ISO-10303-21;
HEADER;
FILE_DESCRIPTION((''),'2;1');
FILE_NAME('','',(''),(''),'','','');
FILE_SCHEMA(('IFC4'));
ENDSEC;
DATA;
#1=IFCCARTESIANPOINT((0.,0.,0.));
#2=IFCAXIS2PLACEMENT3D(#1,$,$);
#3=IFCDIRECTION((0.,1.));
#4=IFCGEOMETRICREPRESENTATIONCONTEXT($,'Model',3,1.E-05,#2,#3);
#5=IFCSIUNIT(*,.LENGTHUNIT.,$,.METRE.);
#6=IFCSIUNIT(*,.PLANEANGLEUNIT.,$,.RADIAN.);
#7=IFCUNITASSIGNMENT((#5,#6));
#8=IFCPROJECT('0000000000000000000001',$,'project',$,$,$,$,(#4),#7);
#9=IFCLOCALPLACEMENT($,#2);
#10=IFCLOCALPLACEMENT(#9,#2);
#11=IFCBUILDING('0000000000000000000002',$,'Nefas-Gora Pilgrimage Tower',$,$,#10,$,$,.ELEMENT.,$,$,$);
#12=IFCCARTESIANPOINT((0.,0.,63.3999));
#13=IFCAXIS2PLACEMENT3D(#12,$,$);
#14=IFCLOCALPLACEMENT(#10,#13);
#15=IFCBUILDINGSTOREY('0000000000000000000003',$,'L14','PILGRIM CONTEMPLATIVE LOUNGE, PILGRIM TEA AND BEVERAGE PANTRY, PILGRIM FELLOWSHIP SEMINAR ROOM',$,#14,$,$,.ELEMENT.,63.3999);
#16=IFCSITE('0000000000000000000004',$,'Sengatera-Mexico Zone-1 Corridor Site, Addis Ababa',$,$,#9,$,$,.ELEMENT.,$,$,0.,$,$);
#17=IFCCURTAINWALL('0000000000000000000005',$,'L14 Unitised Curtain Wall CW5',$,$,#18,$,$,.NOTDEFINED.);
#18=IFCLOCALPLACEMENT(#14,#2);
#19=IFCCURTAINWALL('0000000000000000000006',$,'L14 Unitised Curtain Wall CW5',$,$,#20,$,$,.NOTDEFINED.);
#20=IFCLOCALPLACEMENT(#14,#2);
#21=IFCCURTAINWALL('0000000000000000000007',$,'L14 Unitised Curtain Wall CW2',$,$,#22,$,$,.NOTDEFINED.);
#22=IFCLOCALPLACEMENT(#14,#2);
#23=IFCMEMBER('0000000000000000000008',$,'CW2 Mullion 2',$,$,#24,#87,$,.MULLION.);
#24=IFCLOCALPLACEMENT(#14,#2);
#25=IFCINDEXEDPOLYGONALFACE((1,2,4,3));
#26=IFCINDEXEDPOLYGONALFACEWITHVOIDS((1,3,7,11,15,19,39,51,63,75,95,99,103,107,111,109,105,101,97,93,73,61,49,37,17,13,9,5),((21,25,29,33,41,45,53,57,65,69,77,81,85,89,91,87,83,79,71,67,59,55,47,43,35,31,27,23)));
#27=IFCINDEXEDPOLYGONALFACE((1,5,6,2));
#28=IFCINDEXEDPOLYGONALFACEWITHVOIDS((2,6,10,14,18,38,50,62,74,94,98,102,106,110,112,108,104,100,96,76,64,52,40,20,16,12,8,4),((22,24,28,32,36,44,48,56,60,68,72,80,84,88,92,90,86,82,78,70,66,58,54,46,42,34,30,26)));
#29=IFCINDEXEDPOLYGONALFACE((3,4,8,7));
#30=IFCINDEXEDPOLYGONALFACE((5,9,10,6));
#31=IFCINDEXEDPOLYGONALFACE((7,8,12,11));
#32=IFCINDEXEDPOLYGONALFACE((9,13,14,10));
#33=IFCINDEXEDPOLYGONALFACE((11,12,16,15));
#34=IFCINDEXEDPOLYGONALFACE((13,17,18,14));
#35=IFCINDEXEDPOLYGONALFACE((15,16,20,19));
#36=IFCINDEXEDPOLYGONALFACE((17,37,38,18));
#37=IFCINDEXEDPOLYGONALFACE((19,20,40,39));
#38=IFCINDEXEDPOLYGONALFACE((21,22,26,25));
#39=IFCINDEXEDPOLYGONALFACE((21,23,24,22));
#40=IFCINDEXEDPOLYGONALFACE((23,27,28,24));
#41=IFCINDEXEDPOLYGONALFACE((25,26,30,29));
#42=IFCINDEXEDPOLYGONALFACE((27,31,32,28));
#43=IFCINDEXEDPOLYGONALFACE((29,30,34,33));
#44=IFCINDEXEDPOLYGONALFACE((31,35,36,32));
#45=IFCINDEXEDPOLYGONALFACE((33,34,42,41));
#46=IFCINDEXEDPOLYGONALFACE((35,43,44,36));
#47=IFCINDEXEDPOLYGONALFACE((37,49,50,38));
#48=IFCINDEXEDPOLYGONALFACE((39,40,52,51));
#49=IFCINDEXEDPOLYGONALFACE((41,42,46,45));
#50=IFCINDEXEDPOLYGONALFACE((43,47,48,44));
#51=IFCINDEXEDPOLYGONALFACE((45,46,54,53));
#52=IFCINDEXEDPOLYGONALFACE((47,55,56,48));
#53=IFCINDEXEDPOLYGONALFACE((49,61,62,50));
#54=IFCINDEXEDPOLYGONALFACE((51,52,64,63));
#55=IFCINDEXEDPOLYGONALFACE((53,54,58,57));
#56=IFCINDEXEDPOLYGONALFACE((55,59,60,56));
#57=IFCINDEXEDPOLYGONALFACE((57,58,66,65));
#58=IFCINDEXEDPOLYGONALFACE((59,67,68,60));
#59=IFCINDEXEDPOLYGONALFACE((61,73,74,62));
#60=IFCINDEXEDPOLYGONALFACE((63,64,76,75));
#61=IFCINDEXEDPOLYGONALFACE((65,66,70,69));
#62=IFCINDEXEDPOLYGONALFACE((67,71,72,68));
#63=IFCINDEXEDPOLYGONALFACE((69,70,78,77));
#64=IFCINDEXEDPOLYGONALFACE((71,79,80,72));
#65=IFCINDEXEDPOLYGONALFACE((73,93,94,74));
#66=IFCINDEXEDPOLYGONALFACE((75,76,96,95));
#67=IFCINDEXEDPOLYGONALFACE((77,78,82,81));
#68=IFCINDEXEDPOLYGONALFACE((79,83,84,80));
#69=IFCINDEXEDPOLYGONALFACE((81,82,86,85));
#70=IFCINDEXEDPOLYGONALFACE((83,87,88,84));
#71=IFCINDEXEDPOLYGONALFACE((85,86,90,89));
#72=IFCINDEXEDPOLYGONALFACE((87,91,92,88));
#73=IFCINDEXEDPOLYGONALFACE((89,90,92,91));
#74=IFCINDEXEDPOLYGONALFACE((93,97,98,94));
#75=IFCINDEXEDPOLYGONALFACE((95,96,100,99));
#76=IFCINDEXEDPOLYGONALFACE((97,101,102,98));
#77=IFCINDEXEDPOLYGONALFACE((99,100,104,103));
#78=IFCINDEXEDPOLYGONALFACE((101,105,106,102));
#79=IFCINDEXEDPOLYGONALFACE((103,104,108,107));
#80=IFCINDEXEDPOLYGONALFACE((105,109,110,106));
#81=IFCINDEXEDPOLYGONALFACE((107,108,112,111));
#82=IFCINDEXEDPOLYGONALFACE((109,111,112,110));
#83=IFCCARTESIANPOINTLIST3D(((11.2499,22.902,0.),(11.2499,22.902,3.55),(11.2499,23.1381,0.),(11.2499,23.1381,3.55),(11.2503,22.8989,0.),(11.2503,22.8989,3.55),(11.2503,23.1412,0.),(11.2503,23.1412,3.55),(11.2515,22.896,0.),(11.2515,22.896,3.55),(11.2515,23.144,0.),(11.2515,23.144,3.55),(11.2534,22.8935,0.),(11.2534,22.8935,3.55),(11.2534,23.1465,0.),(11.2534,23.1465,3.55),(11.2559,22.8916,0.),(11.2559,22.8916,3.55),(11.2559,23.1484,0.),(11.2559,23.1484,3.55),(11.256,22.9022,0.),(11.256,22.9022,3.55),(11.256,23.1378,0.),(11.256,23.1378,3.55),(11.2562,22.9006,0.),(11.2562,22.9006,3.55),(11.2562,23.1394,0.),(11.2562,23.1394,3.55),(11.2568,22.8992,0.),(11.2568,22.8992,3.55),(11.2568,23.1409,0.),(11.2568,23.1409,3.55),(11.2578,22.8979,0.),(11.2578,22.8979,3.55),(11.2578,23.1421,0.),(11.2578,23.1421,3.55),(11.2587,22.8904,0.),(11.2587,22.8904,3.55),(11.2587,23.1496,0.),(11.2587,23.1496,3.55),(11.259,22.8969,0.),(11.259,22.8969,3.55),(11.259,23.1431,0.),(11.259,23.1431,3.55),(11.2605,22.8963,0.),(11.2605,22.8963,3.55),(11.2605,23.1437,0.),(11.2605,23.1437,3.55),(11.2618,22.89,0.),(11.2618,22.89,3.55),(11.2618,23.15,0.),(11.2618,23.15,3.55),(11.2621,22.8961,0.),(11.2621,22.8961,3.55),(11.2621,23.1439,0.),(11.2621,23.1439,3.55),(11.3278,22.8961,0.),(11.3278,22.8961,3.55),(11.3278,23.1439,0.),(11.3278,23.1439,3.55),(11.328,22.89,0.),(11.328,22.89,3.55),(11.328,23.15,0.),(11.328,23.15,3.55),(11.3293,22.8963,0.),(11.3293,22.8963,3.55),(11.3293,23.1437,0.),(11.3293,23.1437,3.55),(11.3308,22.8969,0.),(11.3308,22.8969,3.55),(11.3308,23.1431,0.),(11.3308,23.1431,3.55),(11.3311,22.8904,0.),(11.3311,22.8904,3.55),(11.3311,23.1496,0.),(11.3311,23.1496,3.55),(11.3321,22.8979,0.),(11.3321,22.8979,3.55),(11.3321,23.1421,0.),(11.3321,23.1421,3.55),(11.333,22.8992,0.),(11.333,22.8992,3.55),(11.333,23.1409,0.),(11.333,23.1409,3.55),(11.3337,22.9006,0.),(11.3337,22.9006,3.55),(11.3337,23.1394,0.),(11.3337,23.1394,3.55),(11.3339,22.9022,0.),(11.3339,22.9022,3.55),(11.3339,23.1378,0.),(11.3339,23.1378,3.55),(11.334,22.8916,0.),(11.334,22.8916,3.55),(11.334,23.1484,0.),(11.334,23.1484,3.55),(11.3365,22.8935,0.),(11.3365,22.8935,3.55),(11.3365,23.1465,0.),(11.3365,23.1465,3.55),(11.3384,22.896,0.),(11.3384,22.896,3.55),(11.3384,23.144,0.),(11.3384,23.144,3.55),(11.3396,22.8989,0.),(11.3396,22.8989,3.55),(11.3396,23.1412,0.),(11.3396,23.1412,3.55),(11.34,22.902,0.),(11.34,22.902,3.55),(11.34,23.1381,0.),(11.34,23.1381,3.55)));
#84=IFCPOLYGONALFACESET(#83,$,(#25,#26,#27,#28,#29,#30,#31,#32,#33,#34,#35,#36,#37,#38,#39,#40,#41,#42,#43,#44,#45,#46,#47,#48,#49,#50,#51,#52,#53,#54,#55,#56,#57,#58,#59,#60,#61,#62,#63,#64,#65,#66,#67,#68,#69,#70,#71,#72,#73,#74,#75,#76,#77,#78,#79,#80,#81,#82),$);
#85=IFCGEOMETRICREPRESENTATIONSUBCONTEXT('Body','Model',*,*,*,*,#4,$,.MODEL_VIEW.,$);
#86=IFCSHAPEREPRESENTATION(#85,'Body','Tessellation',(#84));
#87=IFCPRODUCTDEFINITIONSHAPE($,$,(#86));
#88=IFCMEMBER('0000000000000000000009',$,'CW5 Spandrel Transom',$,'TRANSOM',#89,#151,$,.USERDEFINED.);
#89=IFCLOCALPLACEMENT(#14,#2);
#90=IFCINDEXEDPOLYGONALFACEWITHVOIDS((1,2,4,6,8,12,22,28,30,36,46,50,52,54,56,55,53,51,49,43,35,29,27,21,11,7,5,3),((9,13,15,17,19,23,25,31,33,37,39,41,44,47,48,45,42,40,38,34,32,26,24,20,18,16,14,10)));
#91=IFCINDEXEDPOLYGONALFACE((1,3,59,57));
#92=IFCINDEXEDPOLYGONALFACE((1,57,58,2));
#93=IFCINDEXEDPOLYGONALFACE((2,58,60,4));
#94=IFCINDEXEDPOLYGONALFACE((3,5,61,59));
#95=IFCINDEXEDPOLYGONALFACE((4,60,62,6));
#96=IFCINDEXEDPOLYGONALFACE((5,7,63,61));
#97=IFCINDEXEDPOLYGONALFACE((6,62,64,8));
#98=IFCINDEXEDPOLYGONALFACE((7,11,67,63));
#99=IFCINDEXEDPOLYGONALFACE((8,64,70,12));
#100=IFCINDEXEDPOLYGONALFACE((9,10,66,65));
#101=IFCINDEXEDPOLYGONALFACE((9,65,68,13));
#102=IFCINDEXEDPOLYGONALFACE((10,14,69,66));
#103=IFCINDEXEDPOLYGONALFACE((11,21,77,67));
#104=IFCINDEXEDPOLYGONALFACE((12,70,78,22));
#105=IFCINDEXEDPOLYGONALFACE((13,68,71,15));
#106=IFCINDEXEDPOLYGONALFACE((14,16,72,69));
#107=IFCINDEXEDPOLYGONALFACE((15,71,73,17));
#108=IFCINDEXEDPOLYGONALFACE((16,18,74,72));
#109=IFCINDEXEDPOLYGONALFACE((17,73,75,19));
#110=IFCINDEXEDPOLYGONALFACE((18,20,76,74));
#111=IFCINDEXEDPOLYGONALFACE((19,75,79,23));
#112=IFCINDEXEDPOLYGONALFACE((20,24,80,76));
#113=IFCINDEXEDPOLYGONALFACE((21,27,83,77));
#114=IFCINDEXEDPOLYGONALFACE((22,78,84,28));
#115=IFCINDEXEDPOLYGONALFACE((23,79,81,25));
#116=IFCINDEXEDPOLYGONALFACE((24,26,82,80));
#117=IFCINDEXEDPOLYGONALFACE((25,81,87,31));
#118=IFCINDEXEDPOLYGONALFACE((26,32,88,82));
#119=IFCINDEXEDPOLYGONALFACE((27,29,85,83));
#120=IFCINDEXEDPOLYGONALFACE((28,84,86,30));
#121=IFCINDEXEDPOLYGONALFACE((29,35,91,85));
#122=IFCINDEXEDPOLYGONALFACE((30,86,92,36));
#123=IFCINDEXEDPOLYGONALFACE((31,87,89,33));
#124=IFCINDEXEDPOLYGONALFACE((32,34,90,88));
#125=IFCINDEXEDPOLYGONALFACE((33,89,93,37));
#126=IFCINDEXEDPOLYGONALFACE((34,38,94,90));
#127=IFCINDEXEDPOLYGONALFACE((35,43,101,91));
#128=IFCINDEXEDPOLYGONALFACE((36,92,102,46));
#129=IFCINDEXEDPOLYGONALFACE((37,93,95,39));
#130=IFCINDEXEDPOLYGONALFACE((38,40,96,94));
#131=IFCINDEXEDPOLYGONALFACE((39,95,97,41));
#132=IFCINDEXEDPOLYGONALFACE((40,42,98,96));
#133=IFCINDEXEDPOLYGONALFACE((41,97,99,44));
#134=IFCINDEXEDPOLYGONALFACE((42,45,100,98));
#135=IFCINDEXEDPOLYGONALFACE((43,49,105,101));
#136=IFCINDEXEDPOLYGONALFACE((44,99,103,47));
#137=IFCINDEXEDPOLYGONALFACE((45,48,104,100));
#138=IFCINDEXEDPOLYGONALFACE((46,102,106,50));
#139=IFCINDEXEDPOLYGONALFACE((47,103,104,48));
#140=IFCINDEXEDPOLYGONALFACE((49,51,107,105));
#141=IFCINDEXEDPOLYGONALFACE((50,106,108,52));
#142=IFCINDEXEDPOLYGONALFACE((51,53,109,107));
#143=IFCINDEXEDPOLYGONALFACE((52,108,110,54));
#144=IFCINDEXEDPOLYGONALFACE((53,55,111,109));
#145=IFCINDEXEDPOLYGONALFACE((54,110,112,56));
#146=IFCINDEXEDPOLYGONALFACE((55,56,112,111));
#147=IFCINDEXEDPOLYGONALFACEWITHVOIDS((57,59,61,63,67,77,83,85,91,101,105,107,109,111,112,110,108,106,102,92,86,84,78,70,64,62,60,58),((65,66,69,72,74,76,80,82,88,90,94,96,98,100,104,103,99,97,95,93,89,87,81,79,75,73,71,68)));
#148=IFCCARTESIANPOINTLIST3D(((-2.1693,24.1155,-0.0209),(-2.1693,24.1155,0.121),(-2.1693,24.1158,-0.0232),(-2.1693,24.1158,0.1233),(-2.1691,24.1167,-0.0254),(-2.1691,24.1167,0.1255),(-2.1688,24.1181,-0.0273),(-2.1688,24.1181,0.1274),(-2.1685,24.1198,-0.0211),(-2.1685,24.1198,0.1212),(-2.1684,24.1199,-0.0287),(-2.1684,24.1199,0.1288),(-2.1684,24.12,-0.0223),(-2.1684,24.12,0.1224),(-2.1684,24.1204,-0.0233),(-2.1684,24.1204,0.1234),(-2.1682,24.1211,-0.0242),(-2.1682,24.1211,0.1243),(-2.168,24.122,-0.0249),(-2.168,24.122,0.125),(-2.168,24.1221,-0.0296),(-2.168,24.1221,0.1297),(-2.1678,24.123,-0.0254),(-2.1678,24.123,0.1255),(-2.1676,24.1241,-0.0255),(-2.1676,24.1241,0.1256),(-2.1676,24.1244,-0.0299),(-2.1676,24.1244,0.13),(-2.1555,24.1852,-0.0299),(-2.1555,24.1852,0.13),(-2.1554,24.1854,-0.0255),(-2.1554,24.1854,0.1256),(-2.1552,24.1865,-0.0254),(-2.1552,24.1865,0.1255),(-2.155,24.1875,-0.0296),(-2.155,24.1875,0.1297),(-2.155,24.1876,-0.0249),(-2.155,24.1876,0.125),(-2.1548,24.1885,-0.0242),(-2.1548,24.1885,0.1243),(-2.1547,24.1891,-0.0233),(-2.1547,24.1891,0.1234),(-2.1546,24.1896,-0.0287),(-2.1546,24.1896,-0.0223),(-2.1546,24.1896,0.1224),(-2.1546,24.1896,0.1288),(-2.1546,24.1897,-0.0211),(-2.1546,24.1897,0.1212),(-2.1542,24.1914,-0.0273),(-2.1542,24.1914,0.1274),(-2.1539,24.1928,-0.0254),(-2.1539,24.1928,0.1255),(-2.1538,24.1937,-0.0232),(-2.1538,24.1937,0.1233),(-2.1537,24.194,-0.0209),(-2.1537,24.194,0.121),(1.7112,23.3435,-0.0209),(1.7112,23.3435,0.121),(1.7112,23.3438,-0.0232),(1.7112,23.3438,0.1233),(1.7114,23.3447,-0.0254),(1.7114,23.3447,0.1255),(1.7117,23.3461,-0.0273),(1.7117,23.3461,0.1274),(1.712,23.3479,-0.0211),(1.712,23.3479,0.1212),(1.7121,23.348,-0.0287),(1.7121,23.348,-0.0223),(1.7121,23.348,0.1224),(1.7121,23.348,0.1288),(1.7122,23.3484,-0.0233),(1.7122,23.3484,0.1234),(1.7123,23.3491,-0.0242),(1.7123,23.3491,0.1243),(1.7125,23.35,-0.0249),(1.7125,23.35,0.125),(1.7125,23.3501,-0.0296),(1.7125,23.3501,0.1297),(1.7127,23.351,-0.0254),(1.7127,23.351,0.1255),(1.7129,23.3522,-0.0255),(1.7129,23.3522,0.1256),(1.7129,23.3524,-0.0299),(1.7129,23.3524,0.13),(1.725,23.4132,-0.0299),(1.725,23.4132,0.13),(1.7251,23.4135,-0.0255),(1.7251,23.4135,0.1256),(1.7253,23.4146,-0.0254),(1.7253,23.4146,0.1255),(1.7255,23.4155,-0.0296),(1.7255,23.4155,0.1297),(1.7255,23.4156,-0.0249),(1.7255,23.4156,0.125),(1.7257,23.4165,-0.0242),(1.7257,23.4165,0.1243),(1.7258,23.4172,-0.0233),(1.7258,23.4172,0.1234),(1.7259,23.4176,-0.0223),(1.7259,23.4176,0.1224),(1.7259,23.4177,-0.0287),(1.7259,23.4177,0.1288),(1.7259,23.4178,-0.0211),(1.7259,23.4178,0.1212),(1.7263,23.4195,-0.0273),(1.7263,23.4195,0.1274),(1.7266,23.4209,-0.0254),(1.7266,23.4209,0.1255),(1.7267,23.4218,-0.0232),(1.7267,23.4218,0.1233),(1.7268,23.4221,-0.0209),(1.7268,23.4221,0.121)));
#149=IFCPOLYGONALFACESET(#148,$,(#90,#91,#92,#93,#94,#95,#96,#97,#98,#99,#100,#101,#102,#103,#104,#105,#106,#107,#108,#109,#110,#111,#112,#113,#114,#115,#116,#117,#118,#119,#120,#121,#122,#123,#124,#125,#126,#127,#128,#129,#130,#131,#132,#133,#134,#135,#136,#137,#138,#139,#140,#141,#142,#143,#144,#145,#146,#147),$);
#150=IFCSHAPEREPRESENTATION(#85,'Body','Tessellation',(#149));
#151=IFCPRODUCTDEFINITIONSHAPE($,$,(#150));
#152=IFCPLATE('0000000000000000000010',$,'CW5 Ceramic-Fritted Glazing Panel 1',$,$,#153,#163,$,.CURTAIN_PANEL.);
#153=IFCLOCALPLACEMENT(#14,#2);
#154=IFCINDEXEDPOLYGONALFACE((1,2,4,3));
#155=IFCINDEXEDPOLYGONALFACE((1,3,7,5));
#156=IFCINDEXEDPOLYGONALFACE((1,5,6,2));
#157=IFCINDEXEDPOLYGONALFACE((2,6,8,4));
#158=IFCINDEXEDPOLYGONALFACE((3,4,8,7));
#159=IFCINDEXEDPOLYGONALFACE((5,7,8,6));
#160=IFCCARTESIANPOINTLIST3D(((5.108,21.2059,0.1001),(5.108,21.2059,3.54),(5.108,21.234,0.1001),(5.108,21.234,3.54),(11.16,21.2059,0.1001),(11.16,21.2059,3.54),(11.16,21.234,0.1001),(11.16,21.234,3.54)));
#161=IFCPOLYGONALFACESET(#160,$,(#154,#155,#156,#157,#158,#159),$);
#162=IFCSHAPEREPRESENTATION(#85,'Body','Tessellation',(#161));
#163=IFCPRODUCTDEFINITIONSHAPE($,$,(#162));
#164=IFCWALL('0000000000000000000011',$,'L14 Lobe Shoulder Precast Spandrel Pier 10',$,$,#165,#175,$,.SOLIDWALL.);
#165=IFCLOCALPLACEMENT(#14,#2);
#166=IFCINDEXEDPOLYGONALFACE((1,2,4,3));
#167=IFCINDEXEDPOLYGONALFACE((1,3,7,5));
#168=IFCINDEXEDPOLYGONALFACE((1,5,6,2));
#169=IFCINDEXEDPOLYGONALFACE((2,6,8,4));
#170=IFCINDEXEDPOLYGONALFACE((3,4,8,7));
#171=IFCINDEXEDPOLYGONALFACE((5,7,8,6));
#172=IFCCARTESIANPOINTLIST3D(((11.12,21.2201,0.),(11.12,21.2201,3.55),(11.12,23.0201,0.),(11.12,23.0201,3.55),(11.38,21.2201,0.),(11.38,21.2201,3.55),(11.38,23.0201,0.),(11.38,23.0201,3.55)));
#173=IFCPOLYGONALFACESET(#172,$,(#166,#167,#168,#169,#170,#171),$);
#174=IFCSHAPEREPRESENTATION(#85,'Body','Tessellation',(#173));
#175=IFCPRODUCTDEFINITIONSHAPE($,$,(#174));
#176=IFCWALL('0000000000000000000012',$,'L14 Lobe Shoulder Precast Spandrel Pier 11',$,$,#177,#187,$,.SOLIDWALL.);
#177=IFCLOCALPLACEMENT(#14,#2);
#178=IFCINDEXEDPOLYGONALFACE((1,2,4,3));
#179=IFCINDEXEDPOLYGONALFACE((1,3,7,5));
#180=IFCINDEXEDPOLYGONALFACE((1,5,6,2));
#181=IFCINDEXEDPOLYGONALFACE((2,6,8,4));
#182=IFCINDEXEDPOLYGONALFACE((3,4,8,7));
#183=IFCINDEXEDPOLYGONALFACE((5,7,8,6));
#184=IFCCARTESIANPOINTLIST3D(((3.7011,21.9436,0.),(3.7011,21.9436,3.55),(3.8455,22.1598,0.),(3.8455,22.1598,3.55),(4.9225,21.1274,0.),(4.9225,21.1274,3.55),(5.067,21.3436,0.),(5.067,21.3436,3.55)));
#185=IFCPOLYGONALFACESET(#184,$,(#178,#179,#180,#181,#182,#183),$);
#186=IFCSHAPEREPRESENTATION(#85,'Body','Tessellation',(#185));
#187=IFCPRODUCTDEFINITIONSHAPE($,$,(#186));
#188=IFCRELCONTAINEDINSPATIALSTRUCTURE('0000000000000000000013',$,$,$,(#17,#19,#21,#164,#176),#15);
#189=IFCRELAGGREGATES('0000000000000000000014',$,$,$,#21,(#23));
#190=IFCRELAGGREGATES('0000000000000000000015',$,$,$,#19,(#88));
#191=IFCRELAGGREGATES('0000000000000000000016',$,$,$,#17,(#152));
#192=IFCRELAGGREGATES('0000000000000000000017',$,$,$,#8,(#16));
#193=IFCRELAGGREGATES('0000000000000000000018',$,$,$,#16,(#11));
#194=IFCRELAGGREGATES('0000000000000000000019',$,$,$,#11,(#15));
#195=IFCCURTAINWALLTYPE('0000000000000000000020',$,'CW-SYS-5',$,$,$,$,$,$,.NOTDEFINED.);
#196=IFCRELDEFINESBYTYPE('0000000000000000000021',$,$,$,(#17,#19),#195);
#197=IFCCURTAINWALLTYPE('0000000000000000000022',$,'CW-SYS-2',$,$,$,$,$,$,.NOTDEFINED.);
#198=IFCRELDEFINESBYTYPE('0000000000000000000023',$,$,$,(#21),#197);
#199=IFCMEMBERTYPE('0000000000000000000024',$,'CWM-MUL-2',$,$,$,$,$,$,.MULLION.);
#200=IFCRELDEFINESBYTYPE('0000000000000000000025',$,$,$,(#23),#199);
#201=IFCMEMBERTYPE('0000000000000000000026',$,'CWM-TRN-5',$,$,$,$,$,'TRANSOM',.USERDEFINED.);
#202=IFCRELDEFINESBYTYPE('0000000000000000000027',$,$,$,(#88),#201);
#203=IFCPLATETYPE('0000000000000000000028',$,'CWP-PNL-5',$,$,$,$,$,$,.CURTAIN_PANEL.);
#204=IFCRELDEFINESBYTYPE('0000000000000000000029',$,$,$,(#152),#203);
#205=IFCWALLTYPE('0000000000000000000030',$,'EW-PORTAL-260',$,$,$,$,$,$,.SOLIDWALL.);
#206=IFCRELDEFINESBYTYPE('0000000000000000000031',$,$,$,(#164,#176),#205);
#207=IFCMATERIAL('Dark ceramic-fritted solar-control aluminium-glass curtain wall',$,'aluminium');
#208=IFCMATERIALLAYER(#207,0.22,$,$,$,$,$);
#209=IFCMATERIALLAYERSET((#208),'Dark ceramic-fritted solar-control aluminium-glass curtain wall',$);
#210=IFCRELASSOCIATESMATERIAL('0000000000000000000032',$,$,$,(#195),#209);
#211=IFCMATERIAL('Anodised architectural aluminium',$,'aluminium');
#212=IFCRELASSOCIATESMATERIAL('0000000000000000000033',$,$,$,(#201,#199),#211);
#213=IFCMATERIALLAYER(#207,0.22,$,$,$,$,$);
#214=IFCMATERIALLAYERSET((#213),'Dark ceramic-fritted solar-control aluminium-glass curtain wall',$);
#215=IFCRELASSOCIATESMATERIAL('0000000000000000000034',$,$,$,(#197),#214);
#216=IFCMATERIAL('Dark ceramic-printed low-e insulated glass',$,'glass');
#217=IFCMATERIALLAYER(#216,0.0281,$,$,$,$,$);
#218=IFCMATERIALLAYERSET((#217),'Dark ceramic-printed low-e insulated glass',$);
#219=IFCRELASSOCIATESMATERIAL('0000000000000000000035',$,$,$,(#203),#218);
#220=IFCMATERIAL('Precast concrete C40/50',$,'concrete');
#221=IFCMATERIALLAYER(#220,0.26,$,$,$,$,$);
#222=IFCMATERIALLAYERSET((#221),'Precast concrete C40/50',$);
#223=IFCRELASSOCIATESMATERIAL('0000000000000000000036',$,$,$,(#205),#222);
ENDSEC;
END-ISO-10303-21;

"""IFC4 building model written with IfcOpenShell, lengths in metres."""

from ifc_helpers import new_model, si_unit, direction, frame, frame_2d, origin, origin_2d, place, context, subcontext, project, spatial, rectangle, hollow_rectangle, extrude, source, transform, mapped, material, layer, layer_set, material_profile, profile_set, type_object, element, aggregate, save


model = new_model("IFC4")

# Units and contexts
model_context = context("Model", 3, precision=1e-05, world=origin(), true_north=direction((0.0, 1.0)))
body_context = subcontext(model_context, "Body", "Model", "MODEL_VIEW")
ifc_project = project(units=[si_unit("LENGTHUNIT", "METRE"), si_unit("PLANEANGLEUNIT", "RADIAN")], contexts=[model_context])

# Site, building, storey
site_placement = place(None, origin())
site = spatial("IfcSite", under=ifc_project, at=site_placement, Name="Sengatera-Mexico Zone-1 Corridor Site, Addis Ababa", CompositionType="ELEMENT", RefElevation=0.0)
building_placement = place(site_placement, origin())
building = spatial("IfcBuilding", under=site, at=building_placement, Name="Nefas-Gora Pilgrimage Tower", CompositionType="ELEMENT")
storey_placement = place(building_placement, frame((0.0, 0.0, 63.3999)))
storey = spatial("IfcBuildingStorey", under=building, at=storey_placement, Name="L14", Description="PILGRIM CONTEMPLATIVE LOUNGE, PILGRIM TEA AND BEVERAGE PANTRY, PILGRIM FELLOWSHIP SEMINAR ROOM", CompositionType="ELEMENT", Elevation=63.3999)

# Curtain wall
ifc_material_1 = material(Name="Dark ceramic-fritted solar-control aluminium-glass curtain wall", Category="aluminium")
ifc_layer_1 = layer(ifc_material_1, 0.22)
ifc_layer_set_1 = layer_set([ifc_layer_1], Name="Dark ceramic-fritted solar-control aluminium-glass curtain wall")
curtain_wall_type_1 = type_object("IfcCurtainWallType", Name="CW-SYS-5", PredefinedType="NOTDEFINED", material=ifc_layer_set_1)
curtain_wall_1_placement = place(storey_placement, origin())
curtain_wall_1 = element("IfcCurtainWall", 1, at=curtain_wall_1_placement, inside=storey, type_object=curtain_wall_type_1, Name="L14 Unitised Curtain Wall CW5", PredefinedType="NOTDEFINED")
ifc_material_2 = material(Name="Anodised architectural aluminium", Category="aluminium")

# Curtain wall
curtain_wall_2_placement = place(storey_placement, origin())
curtain_wall_2 = element("IfcCurtainWall", 2, at=curtain_wall_2_placement, inside=storey, type_object=curtain_wall_type_1, Name="L14 Unitised Curtain Wall CW5", PredefinedType="NOTDEFINED")

# Shared definitions
ifc_material_profile_1 = material_profile(ifc_material_2, hollow_rectangle(XDim=0.0801, YDim=0.1599, WallThickness=0.0044, InnerFilletRadius=0.0044, OuterFilletRadius=0.009, at=origin_2d()), Name="ALU TRANSOM 80x160")
ifc_profile_set_1 = profile_set([ifc_material_profile_1], Name="Anodised architectural aluminium")
member_type_1 = type_object("IfcMemberType", Name="CWM-TRN-5", ElementType="TRANSOM", PredefinedType="USERDEFINED", material=ifc_profile_set_1)

# Curtain wall, member
ifc_layer_2 = layer(ifc_material_1, 0.22)
ifc_layer_set_2 = layer_set([ifc_layer_2], Name="Dark ceramic-fritted solar-control aluminium-glass curtain wall")
curtain_wall_type_2 = type_object("IfcCurtainWallType", Name="CW-SYS-2", PredefinedType="NOTDEFINED", material=ifc_layer_set_2)
curtain_wall_3_placement = place(storey_placement, origin())
curtain_wall_3 = element("IfcCurtainWall", 3, at=curtain_wall_3_placement, inside=storey, type_object=curtain_wall_type_2, Name="L14 Unitised Curtain Wall CW2", PredefinedType="NOTDEFINED")
ifc_material_profile_2 = material_profile(ifc_material_2, hollow_rectangle(XDim=0.0901, YDim=0.26, WallThickness=0.0061, InnerFilletRadius=0.0061, OuterFilletRadius=0.012, at=origin_2d()), Name="ALU MULLION 90x260")
ifc_profile_set_2 = profile_set([ifc_material_profile_2], Name="Anodised architectural aluminium")
member_type_2 = type_object("IfcMemberType", Name="CWM-MUL-2", PredefinedType="MULLION", material=ifc_profile_set_2)
shared_shape_1 = source(origin(), body_context, "Body", "SweptSolid", [
    extrude(hollow_rectangle(XDim=0.0901, YDim=0.26, WallThickness=0.0061, InnerFilletRadius=0.0061, OuterFilletRadius=0.012, at=origin_2d()), origin(), (0.0, 0.0, 1.0), 3.55),
])
member_1_placement = place(storey_placement, frame((11.2949, 23.02, 0.0), z_axis=(0.0, 0.0, 1.0), x_axis=(-1.0, 0.0, 0.0)))
member_1 = element("IfcMember", 4, at=member_1_placement, type_object=member_type_2, Name="CW2 Mullion 2", PredefinedType="MULLION", context=body_context, shape_type="MappedRepresentation", body=[
    mapped(shared_shape_1, transform((0.0, 0.0, 0.0), x_axis=(1.0, 0.0, 0.0), y_axis=(0.0, 1.0, 0.0), z_axis=(0.0, 0.0, 1.0), scale=1.0)),
])
aggregate(curtain_wall_3, [member_1])

# Member
shared_shape_2 = source(origin(), body_context, "Body", "SweptSolid", [
    extrude(hollow_rectangle(XDim=0.0801, YDim=0.1599, WallThickness=0.0044, InnerFilletRadius=0.0044, OuterFilletRadius=0.009, at=origin_2d()), origin(), (0.0, 0.0, 1.0), 3.9565),
])
member_2_placement = place(storey_placement, frame((1.719, 23.3828, 0.05), z_axis=(-0.980782, 0.195107, 0.0), x_axis=(-0.195107, -0.980782, 0.0)))
member_2 = element("IfcMember", 5, at=member_2_placement, type_object=member_type_1, Name="CW5 Spandrel Transom", ObjectType="TRANSOM", PredefinedType="USERDEFINED", context=body_context, shape_type="MappedRepresentation", body=[
    mapped(shared_shape_2, transform((0.0, 0.0, 0.0), x_axis=(1.0, 0.0, 0.0), y_axis=(0.0, 1.0, 0.0), z_axis=(0.0, 0.0, 1.0), scale=1.0)),
])
aggregate(curtain_wall_2, [member_2])

# Plate
ifc_material_3 = material(Name="Dark ceramic-printed low-e insulated glass", Category="glass")
ifc_layer_3 = layer(ifc_material_3, 0.0281)
ifc_layer_set_3 = layer_set([ifc_layer_3], Name="Dark ceramic-printed low-e insulated glass")
plate_type = type_object("IfcPlateType", Name="CWP-PNL-5", PredefinedType="CURTAIN_PANEL", material=ifc_layer_set_3)
shared_shape_3 = source(origin(), body_context, "Body", "SweptSolid", [
    extrude(rectangle(XDim=6.052, YDim=0.0281, at=origin_2d()), origin(), (0.0, 0.0, 1.0), 3.4399),
])
plate_placement = place(storey_placement, frame((8.134, 21.22, 0.1001), z_axis=(0.0, 0.0, 1.0), x_axis=(-1.0, 0.0, 0.0)))
plate = element("IfcPlate", 6, at=plate_placement, type_object=plate_type, Name="CW5 Ceramic-Fritted Glazing Panel 1", PredefinedType="CURTAIN_PANEL", context=body_context, shape_type="MappedRepresentation", body=[
    mapped(shared_shape_3, transform((0.0, 0.0, 0.0), x_axis=(1.0, 0.0, 0.0), y_axis=(0.0, 1.0, 0.0), z_axis=(0.0, 0.0, 1.0), scale=1.0)),
])
aggregate(curtain_wall_1, [plate])

# Walls
ifc_material_4 = material(Name="Precast concrete C40/50", Category="concrete")
ifc_layer_4 = layer(ifc_material_4, 0.26)
ifc_layer_set_4 = layer_set([ifc_layer_4], Name="Precast concrete C40/50")
wall_type_1 = type_object("IfcWallType", Name="EW-PORTAL-260", PredefinedType="SOLIDWALL", material=ifc_layer_set_4)
shared_shape_4 = source(origin(), body_context, "Body", "SweptSolid", [
    extrude(rectangle(XDim=1.8, YDim=0.26, at=frame_2d((0.8999, 0.0))), origin(), (0.0, 0.0, 1.0), 3.55),
])
wall_1_placement = place(storey_placement, frame((11.25, 23.02, 0.0), z_axis=(0.0, 0.0, 1.0), x_axis=(0.0, -1.0, 0.0)))
element("IfcWall", 7, at=wall_1_placement, inside=storey, type_object=wall_type_1, Name="L14 Lobe Shoulder Precast Spandrel Pier 10", PredefinedType="SOLIDWALL", context=body_context, shape_type="MappedRepresentation", body=[
    mapped(shared_shape_4, transform((0.0, 0.0, 0.0), x_axis=(1.0, 0.0, 0.0), y_axis=(0.0, 1.0, 0.0), z_axis=(0.0, 0.0, 1.0), scale=1.0)),
])
shared_shape_5 = source(origin(), body_context, "Body", "SweptSolid", [
    extrude(rectangle(XDim=1.469, YDim=0.26, at=frame_2d((0.7344, 0.0))), origin(), (0.0, 0.0, 1.0), 3.55),
])
wall_2_placement = place(storey_placement, frame((4.9946, 21.2356, 0.0), z_axis=(0.0, 0.0, 1.0), x_axis=(-0.831462, 0.555582, 0.0)))
element("IfcWall", 8, at=wall_2_placement, inside=storey, type_object=wall_type_1, Name="L14 Lobe Shoulder Precast Spandrel Pier 11", PredefinedType="SOLIDWALL", context=body_context, shape_type="MappedRepresentation", body=[
    mapped(shared_shape_5, transform((0.0, 0.0, 0.0), x_axis=(1.0, 0.0, 0.0), y_axis=(0.0, 1.0, 0.0), z_axis=(0.0, 0.0, 1.0), scale=1.0)),
])

save(model, "model.ifc")
